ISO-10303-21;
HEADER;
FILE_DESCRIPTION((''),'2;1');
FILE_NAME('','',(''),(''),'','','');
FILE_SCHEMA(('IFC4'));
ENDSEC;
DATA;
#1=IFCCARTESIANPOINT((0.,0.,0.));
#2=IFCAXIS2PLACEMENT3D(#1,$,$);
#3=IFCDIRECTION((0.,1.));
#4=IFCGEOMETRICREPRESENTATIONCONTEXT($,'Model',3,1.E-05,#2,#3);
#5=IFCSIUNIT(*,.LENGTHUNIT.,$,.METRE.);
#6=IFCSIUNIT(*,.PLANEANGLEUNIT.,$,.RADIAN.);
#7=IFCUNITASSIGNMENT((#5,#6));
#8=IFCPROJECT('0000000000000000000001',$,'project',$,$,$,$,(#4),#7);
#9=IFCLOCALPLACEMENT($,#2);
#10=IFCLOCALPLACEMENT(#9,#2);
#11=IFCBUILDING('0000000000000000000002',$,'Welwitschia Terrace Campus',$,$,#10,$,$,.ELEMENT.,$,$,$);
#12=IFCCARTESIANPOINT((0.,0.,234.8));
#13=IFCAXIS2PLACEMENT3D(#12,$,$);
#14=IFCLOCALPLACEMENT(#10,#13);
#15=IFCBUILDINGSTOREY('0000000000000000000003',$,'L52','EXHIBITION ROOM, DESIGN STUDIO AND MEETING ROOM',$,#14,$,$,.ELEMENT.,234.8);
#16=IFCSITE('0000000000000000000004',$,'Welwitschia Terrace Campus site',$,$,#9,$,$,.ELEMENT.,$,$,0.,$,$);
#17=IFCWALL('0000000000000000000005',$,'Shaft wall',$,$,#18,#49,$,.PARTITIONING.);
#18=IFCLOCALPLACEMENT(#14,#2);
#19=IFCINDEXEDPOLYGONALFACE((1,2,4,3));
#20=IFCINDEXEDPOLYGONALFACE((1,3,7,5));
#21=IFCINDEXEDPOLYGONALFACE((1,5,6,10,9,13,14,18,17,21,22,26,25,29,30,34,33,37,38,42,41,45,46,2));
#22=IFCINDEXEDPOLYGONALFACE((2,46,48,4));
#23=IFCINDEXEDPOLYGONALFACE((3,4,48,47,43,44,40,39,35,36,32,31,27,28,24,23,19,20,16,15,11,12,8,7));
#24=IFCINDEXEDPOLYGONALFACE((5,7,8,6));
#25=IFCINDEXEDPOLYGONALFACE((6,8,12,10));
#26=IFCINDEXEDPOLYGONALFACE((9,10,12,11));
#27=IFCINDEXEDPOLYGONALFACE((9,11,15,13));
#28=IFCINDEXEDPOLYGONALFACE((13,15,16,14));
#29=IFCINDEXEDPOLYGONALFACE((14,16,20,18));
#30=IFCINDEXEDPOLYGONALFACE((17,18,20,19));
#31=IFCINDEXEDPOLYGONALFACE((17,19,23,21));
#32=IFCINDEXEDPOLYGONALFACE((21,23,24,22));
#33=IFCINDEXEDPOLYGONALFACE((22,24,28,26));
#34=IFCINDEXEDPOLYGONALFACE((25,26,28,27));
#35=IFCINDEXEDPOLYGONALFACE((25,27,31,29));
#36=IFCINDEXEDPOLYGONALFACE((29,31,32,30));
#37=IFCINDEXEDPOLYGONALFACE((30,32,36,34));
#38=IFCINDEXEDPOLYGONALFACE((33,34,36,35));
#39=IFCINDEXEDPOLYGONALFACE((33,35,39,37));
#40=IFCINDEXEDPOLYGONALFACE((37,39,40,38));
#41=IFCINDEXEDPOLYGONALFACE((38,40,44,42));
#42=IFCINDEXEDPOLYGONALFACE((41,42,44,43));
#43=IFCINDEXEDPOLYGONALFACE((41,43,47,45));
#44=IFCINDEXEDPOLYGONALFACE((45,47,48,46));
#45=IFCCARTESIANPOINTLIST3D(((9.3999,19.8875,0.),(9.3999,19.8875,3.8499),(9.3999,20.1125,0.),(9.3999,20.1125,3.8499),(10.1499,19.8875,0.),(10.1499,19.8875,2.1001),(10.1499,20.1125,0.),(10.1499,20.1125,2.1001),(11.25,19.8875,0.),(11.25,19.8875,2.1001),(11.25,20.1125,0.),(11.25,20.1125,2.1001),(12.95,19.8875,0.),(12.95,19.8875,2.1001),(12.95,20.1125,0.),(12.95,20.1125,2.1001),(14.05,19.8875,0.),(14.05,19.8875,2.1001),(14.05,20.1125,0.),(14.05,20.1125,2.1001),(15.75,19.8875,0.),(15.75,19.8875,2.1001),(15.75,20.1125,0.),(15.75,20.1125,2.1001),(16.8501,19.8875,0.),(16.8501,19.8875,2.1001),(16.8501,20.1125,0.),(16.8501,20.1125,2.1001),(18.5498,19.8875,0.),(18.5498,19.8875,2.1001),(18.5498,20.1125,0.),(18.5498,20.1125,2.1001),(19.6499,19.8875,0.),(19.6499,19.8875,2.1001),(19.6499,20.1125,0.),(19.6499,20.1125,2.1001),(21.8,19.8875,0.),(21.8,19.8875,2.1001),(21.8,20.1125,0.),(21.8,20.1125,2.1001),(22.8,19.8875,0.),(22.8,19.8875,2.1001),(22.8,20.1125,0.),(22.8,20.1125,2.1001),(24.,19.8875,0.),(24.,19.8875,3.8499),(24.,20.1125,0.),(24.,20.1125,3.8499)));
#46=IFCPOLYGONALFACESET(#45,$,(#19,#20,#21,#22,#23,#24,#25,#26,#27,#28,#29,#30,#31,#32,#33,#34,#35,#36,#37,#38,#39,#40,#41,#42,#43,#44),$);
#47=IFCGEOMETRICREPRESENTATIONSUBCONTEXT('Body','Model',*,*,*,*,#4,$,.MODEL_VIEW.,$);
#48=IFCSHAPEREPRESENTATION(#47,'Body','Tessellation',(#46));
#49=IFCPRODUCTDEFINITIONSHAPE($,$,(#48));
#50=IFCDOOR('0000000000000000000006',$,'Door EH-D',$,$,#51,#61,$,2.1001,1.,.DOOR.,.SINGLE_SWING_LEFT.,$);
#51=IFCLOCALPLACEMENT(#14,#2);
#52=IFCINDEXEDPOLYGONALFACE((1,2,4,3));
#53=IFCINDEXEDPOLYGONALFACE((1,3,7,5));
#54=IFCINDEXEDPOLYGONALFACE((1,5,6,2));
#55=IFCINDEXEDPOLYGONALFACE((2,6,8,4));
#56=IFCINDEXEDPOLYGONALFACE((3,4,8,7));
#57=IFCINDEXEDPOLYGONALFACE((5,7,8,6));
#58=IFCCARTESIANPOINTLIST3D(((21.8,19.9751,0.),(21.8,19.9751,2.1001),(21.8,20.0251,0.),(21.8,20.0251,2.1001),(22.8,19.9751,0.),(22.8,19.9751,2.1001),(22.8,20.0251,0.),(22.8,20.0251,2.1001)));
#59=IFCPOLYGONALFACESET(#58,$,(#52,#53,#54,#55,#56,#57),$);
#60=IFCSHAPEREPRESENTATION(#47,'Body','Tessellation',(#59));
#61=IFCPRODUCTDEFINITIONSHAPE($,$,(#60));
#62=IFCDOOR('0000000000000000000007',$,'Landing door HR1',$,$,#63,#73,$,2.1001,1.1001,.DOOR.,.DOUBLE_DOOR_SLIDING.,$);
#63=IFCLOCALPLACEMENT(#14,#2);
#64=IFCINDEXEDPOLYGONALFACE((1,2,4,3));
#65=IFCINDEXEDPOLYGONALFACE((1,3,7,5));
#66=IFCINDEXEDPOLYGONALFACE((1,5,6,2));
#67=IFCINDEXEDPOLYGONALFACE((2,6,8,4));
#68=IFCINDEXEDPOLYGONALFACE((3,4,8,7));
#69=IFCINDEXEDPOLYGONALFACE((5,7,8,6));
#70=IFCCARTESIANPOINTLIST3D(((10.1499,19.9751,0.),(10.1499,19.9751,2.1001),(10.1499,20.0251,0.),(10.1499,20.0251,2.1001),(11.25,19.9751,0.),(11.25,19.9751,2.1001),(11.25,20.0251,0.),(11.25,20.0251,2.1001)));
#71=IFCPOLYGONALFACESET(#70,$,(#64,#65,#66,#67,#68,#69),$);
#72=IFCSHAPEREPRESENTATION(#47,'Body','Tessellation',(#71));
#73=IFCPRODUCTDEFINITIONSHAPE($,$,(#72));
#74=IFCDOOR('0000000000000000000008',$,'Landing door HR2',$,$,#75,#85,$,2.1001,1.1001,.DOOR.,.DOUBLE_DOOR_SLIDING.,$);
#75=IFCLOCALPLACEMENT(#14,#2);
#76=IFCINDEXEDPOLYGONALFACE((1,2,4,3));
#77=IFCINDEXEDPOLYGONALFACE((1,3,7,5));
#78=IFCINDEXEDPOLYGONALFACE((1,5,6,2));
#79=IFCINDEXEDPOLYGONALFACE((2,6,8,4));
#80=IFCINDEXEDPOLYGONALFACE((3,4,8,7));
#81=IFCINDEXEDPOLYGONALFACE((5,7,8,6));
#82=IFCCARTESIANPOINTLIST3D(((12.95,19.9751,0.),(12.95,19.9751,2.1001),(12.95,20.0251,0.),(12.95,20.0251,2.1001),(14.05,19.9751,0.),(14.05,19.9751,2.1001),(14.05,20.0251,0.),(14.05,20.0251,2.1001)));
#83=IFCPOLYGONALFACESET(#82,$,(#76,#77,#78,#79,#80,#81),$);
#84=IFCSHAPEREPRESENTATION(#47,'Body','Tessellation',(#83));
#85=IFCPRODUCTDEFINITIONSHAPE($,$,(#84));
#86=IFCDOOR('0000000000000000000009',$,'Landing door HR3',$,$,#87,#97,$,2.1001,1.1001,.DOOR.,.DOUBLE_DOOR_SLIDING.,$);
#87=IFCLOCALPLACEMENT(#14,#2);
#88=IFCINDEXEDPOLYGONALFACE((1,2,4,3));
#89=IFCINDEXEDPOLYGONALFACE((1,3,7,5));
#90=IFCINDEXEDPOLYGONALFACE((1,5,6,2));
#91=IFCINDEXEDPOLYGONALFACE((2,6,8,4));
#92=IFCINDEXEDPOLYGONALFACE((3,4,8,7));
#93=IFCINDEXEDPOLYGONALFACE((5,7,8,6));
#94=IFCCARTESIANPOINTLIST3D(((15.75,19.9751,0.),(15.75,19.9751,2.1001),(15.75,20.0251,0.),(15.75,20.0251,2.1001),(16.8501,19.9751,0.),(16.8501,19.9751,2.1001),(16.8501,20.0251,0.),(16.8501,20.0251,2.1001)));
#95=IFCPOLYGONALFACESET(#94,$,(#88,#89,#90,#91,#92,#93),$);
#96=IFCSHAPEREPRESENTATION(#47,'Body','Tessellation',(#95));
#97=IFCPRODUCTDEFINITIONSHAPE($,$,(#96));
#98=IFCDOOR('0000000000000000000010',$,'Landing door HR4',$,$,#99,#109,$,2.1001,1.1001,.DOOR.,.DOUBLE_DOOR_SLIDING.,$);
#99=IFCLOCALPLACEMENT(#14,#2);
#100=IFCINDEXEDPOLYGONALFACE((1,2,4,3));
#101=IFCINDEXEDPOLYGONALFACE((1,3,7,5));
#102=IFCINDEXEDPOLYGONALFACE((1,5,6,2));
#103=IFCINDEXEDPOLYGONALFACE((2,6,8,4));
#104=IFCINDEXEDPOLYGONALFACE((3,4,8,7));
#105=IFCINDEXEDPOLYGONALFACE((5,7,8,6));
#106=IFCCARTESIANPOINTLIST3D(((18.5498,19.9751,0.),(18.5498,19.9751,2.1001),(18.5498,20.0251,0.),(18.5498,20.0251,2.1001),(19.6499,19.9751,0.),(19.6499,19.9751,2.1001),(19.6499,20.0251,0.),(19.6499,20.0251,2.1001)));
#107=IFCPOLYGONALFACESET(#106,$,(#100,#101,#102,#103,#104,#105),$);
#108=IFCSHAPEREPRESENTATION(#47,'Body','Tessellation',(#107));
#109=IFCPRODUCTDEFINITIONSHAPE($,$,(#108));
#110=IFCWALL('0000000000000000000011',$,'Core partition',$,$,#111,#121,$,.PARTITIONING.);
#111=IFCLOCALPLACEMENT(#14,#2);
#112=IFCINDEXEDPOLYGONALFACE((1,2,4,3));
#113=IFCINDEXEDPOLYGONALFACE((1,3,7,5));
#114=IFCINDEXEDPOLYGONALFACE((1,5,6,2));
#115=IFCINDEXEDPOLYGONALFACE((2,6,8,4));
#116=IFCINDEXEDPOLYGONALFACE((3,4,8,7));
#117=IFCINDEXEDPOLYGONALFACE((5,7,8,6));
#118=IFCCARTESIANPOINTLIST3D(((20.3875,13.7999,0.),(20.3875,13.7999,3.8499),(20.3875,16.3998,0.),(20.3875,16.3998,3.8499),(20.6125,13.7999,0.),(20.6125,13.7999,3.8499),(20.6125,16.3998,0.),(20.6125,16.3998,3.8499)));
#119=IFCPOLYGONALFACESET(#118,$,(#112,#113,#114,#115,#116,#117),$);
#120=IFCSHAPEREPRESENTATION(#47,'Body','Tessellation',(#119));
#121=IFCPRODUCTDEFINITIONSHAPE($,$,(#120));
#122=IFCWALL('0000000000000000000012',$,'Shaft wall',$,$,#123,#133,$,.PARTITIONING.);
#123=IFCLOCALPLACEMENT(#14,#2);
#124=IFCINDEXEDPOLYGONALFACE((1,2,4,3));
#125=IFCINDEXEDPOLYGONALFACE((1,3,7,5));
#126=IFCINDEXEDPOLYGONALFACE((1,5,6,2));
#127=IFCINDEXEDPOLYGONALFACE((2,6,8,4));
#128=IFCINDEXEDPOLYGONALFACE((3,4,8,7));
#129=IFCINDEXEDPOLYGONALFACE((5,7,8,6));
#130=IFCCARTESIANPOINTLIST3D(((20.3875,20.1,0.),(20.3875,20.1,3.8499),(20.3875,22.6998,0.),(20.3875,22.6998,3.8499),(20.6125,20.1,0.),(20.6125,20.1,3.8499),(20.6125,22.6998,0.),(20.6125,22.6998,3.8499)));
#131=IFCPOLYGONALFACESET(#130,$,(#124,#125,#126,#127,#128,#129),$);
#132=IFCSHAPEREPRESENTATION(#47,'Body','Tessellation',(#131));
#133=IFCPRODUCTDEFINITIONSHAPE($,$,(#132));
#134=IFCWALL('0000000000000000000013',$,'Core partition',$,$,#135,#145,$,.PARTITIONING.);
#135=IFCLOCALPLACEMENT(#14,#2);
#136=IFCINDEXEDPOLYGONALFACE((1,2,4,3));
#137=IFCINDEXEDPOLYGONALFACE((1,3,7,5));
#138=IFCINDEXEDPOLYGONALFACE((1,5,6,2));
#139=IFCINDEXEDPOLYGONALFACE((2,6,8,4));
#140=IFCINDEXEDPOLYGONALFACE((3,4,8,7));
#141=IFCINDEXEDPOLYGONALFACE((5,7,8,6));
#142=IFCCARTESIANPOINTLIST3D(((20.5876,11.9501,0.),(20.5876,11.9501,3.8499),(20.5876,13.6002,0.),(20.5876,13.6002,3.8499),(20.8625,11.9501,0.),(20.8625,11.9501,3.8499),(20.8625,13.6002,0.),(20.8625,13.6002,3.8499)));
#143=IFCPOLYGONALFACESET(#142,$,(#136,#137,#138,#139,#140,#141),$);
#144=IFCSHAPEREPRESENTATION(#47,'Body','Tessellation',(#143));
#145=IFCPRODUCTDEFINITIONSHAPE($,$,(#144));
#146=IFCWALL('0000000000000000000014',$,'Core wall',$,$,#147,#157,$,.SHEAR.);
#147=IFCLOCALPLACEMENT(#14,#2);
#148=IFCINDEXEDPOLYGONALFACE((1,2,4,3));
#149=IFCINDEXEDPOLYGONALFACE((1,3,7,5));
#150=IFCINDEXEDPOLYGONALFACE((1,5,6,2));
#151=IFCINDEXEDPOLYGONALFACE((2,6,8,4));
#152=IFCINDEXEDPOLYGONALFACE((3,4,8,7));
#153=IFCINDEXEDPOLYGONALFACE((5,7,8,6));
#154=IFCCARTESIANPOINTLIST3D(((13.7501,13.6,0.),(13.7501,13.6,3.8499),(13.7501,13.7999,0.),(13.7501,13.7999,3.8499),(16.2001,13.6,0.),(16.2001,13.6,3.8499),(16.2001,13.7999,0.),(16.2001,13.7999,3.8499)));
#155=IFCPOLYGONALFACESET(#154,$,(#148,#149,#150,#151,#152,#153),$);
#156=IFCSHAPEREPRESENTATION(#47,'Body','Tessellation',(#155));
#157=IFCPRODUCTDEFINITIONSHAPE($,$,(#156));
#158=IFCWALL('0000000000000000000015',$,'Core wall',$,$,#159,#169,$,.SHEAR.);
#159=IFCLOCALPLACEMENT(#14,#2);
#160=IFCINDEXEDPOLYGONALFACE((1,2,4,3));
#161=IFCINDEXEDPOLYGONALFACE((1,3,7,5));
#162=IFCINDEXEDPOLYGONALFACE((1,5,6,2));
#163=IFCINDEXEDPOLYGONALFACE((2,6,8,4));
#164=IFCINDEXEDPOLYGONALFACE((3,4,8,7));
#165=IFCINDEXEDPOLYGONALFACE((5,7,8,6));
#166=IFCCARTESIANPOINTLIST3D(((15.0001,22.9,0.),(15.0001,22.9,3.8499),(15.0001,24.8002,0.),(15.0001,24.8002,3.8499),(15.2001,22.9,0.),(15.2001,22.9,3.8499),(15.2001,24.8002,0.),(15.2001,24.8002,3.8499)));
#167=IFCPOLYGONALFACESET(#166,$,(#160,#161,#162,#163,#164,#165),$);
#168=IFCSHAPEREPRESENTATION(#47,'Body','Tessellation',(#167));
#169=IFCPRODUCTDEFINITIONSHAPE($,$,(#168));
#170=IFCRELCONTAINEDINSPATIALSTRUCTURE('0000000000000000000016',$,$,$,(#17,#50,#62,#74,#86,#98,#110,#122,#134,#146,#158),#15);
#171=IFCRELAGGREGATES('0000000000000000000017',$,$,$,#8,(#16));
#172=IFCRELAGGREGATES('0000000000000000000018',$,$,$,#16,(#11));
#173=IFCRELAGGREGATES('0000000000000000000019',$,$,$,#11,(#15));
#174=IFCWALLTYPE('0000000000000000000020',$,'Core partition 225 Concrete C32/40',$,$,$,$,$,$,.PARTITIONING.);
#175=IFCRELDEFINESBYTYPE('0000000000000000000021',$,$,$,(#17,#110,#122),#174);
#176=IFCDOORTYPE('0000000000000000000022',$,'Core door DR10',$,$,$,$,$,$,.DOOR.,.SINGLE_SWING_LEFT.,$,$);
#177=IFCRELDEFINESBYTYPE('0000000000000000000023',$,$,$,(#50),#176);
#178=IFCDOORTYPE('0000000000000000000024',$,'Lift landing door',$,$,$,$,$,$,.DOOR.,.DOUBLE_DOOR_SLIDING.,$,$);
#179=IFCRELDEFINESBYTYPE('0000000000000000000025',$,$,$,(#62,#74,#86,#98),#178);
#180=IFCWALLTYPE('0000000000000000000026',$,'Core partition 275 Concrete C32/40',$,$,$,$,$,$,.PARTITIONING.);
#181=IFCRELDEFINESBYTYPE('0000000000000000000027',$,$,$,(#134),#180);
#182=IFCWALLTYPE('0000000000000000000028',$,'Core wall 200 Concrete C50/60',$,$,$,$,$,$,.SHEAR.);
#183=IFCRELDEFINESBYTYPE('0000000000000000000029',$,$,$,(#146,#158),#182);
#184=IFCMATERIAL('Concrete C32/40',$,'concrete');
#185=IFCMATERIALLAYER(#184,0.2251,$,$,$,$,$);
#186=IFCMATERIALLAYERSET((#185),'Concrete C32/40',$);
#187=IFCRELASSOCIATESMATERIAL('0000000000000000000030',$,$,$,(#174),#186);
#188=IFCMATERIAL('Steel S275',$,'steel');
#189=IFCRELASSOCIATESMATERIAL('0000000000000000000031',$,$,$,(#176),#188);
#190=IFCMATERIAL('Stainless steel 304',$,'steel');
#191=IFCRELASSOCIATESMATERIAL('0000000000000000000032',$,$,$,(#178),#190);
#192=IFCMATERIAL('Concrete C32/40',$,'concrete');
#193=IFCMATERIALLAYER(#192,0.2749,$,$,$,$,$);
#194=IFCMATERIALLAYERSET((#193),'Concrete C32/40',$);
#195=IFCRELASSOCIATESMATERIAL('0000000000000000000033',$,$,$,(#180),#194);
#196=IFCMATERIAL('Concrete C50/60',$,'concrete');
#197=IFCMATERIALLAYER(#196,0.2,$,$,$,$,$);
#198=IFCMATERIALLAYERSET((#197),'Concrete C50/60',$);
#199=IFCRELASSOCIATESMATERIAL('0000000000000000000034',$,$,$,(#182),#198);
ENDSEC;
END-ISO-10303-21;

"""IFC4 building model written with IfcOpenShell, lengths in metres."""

from ifc_helpers import new_model, si_unit, direction, frame, frame_2d, origin, place, context, subcontext, project, spatial, rectangle, extrude, material, layer, layer_set, type_object, element, fill, save


model = new_model("IFC4")

# Units and contexts
model_context = context("Model", 3, precision=1e-05, world=origin(), true_north=direction((0.0, 1.0)))
body_context = subcontext(model_context, "Body", "Model", "MODEL_VIEW")
ifc_project = project(units=[si_unit("LENGTHUNIT", "METRE"), si_unit("PLANEANGLEUNIT", "RADIAN")], contexts=[model_context])

# Site, building, storey
site_placement = place(None, origin())
site = spatial("IfcSite", under=ifc_project, at=site_placement, Name="Welwitschia Terrace Campus site", CompositionType="ELEMENT", RefElevation=0.0)
building_placement = place(site_placement, origin())
building = spatial("IfcBuilding", under=site, at=building_placement, Name="Welwitschia Terrace Campus", CompositionType="ELEMENT")
storey_placement = place(building_placement, frame((0.0, 0.0, 234.8)))
storey = spatial("IfcBuildingStorey", under=building, at=storey_placement, Name="L52", Description="EXHIBITION ROOM, DESIGN STUDIO AND MEETING ROOM", CompositionType="ELEMENT", Elevation=234.8)

# Shared definitions
ifc_material_1 = material(Name="Concrete C32/40", Category="concrete")
ifc_layer_1 = layer(ifc_material_1, 0.2251)
ifc_layer_set_1 = layer_set([ifc_layer_1], Name="Concrete C32/40")
wall_type_1 = type_object("IfcWallType", Name="Core partition 225 Concrete C32/40", PredefinedType="PARTITIONING", material=ifc_layer_set_1)

# Wall, openings, doors
wall_1_placement = place(storey_placement, frame((24.0, 20.0, 0.0), z_axis=(0.0, 0.0, 1.0), x_axis=(-1.0, 0.0, 0.0)))
wall_1 = element("IfcWall", 1, at=wall_1_placement, inside=storey, type_object=wall_type_1, Name="Shaft wall", PredefinedType="PARTITIONING", context=body_context, shape_type="SweptSolid", body=[
    extrude(rectangle(XDim=14.6001, YDim=0.2251, at=frame_2d((7.3, 0.0))), origin(), (0.0, 0.0, 1.0), 3.8499),
])
opening_1_placement = place(wall_1_placement, frame((12.75, 0.0, 0.0)))
opening_1 = element("IfcOpeningElement", 2, at=opening_1_placement, cuts=wall_1, PredefinedType="OPENING", context=body_context, shape_type="SweptSolid", body=[
    extrude(rectangle(XDim=1.1001, YDim=2.1001, at=frame_2d((0.55, 1.05))), frame((0.0, 0.1226, 0.0), z_axis=(0.0, -1.0, 0.0), x_axis=(1.0, 0.0, 0.0)), (0.0, 0.0, 1.0), 0.2451),
])
opening_2_placement = place(wall_1_placement, frame((9.95, 0.0, 0.0)))
opening_2 = element("IfcOpeningElement", 3, at=opening_2_placement, cuts=wall_1, PredefinedType="OPENING", context=body_context, shape_type="SweptSolid", body=[
    extrude(rectangle(XDim=1.1001, YDim=2.1001, at=frame_2d((0.55, 1.05))), frame((0.0, 0.1226, 0.0), z_axis=(0.0, -1.0, 0.0), x_axis=(1.0, 0.0, 0.0)), (0.0, 0.0, 1.0), 0.2451),
])
opening_3_placement = place(wall_1_placement, frame((7.1499, 0.0, 0.0)))
opening_3 = element("IfcOpeningElement", 4, at=opening_3_placement, cuts=wall_1, PredefinedType="OPENING", context=body_context, shape_type="SweptSolid", body=[
    extrude(rectangle(XDim=1.1001, YDim=2.1001, at=frame_2d((0.55, 1.05))), frame((0.0, 0.1226, 0.0), z_axis=(0.0, -1.0, 0.0), x_axis=(1.0, 0.0, 0.0)), (0.0, 0.0, 1.0), 0.2451),
])
opening_4_placement = place(wall_1_placement, frame((4.3501, 0.0, 0.0)))
opening_4 = element("IfcOpeningElement", 5, at=opening_4_placement, cuts=wall_1, PredefinedType="OPENING", context=body_context, shape_type="SweptSolid", body=[
    extrude(rectangle(XDim=1.1001, YDim=2.1001, at=frame_2d((0.55, 1.05))), frame((0.0, 0.1226, 0.0), z_axis=(0.0, -1.0, 0.0), x_axis=(1.0, 0.0, 0.0)), (0.0, 0.0, 1.0), 0.2451),
])
opening_5_placement = place(wall_1_placement, frame((1.2, 0.0, 0.0)))
opening_5 = element("IfcOpeningElement", 6, at=opening_5_placement, cuts=wall_1, PredefinedType="OPENING", context=body_context, shape_type="SweptSolid", body=[
    extrude(rectangle(XDim=1.0, YDim=2.1001, at=frame_2d((0.5, 1.05))), frame((0.0, 0.1226, 0.0), z_axis=(0.0, -1.0, 0.0), x_axis=(1.0, 0.0, 0.0)), (0.0, 0.0, 1.0), 0.2451),
])
ifc_material_2 = material(Name="Steel S275", Category="steel")
door_type_1 = type_object("IfcDoorType", Name="Core door DR10", OperationType="SINGLE_SWING_LEFT", PredefinedType="DOOR", material=ifc_material_2)
door_1_placement = place(opening_5_placement, origin())
door_1 = element("IfcDoor", 7, at=door_1_placement, inside=storey, type_object=door_type_1, Name="Door EH-D", OperationType="SINGLE_SWING_LEFT", OverallHeight=2.1001, OverallWidth=1.0, PredefinedType="DOOR", context=body_context, shape_type="SweptSolid", body=[
    extrude(rectangle(XDim=1.0, YDim=2.1001, at=frame_2d((0.5, 1.05))), frame((0.0, 0.0249, 0.0), z_axis=(0.0, -1.0, 0.0), x_axis=(1.0, 0.0, 0.0)), (0.0, 0.0, 1.0), 0.05),
])
fill(opening_5, door_1)
ifc_material_3 = material(Name="Stainless steel 304", Category="steel")
door_type_2 = type_object("IfcDoorType", Name="Lift landing door", OperationType="DOUBLE_DOOR_SLIDING", PredefinedType="DOOR", material=ifc_material_3)
door_2_placement = place(opening_1_placement, origin())
door_2 = element("IfcDoor", 8, at=door_2_placement, inside=storey, type_object=door_type_2, Name="Landing door HR1", OperationType="DOUBLE_DOOR_SLIDING", OverallHeight=2.1001, OverallWidth=1.1001, PredefinedType="DOOR", context=body_context, shape_type="SweptSolid", body=[
    extrude(rectangle(XDim=1.1001, YDim=2.1001, at=frame_2d((0.55, 1.05))), frame((0.0, 0.0249, 0.0), z_axis=(0.0, -1.0, 0.0), x_axis=(1.0, 0.0, 0.0)), (0.0, 0.0, 1.0), 0.05),
])
fill(opening_1, door_2)
door_3_placement = place(opening_2_placement, origin())
door_3 = element("IfcDoor", 9, at=door_3_placement, inside=storey, type_object=door_type_2, Name="Landing door HR2", OperationType="DOUBLE_DOOR_SLIDING", OverallHeight=2.1001, OverallWidth=1.1001, PredefinedType="DOOR", context=body_context, shape_type="SweptSolid", body=[
    extrude(rectangle(XDim=1.1001, YDim=2.1001, at=frame_2d((0.55, 1.05))), frame((0.0, 0.0249, 0.0), z_axis=(0.0, -1.0, 0.0), x_axis=(1.0, 0.0, 0.0)), (0.0, 0.0, 1.0), 0.05),
])
fill(opening_2, door_3)
door_4_placement = place(opening_3_placement, origin())
door_4 = element("IfcDoor", 10, at=door_4_placement, inside=storey, type_object=door_type_2, Name="Landing door HR3", OperationType="DOUBLE_DOOR_SLIDING", OverallHeight=2.1001, OverallWidth=1.1001, PredefinedType="DOOR", context=body_context, shape_type="SweptSolid", body=[
    extrude(rectangle(XDim=1.1001, YDim=2.1001, at=frame_2d((0.55, 1.05))), frame((0.0, 0.0249, 0.0), z_axis=(0.0, -1.0, 0.0), x_axis=(1.0, 0.0, 0.0)), (0.0, 0.0, 1.0), 0.05),
])
fill(opening_3, door_4)
door_5_placement = place(opening_4_placement, origin())
door_5 = element("IfcDoor", 11, at=door_5_placement, inside=storey, type_object=door_type_2, Name="Landing door HR4", OperationType="DOUBLE_DOOR_SLIDING", OverallHeight=2.1001, OverallWidth=1.1001, PredefinedType="DOOR", context=body_context, shape_type="SweptSolid", body=[
    extrude(rectangle(XDim=1.1001, YDim=2.1001, at=frame_2d((0.55, 1.05))), frame((0.0, 0.0249, 0.0), z_axis=(0.0, -1.0, 0.0), x_axis=(1.0, 0.0, 0.0)), (0.0, 0.0, 1.0), 0.05),
])
fill(opening_4, door_5)

# Walls
for number, where, z_axis, x_axis, name in (
    (12, (20.5, 13.8, 0.0), (0.0, 0.0, 1.0), (0.0, 1.0, 0.0), "Core partition"),
    (13, (20.5, 20.1001, 0.0), (0.0, 0.0, 1.0), (0.0, 1.0, 0.0), "Shaft wall"),
):
    element("IfcWall", number, at=place(storey_placement, frame(where, z_axis=z_axis, x_axis=x_axis)), inside=storey, type_object=wall_type_1, Name=name, PredefinedType="PARTITIONING", context=body_context, shape_type="SweptSolid", body=[
        extrude(rectangle(XDim=2.5999, YDim=0.2251, at=frame_2d((1.2998, 0.0))), origin(), (0.0, 0.0, 1.0), 3.8499),
    ])
ifc_material_4 = material(Name="Concrete C32/40", Category="concrete")
ifc_layer_2 = layer(ifc_material_4, 0.2749)
ifc_layer_set_2 = layer_set([ifc_layer_2], Name="Concrete C32/40")
wall_type_2 = type_object("IfcWallType", Name="Core partition 275 Concrete C32/40", PredefinedType="PARTITIONING", material=ifc_layer_set_2)
wall_2_placement = place(storey_placement, frame((20.7251, 11.95, 0.0), z_axis=(0.0, 0.0, 1.0), x_axis=(0.0, 1.0, 0.0)))
element("IfcWall", 14, at=wall_2_placement, inside=storey, type_object=wall_type_2, Name="Core partition", PredefinedType="PARTITIONING", context=body_context, shape_type="SweptSolid", body=[
    extrude(rectangle(XDim=1.6501, YDim=0.2749, at=frame_2d((0.8252, 0.0))), origin(), (0.0, 0.0, 1.0), 3.8499),
])
ifc_material_5 = material(Name="Concrete C50/60", Category="concrete")
ifc_layer_3 = layer(ifc_material_5, 0.2)
ifc_layer_set_3 = layer_set([ifc_layer_3], Name="Concrete C50/60")
wall_type_3 = type_object("IfcWallType", Name="Core wall 200 Concrete C50/60", PredefinedType="SHEAR", material=ifc_layer_set_3)
wall_3_placement = place(storey_placement, frame((13.75, 13.7, 0.0), z_axis=(0.0, 0.0, 1.0), x_axis=(1.0, 0.0, 0.0)))
element("IfcWall", 15, at=wall_3_placement, inside=storey, type_object=wall_type_3, Name="Core wall", PredefinedType="SHEAR", context=body_context, shape_type="SweptSolid", body=[
    extrude(rectangle(XDim=2.45, YDim=0.2, at=frame_2d((1.2251, 0.0))), origin(), (0.0, 0.0, 1.0), 3.8499),
])
for number, where, z_axis, x_axis, name in (
    (16, (15.1001, 22.8999, 0.0), (0.0, 0.0, 1.0), (0.0, 1.0, 0.0), "Core wall"),
):
    element("IfcWall", number, at=place(storey_placement, frame(where, z_axis=z_axis, x_axis=x_axis)), inside=storey, type_object=wall_type_3, Name=name, PredefinedType="SHEAR", context=body_context, shape_type="SweptSolid", body=[
        extrude(rectangle(XDim=1.9001, YDim=0.2, at=frame_2d((0.9502, 0.0))), origin(), (0.0, 0.0, 1.0), 3.8499),
    ])

save(model, "model.ifc")
